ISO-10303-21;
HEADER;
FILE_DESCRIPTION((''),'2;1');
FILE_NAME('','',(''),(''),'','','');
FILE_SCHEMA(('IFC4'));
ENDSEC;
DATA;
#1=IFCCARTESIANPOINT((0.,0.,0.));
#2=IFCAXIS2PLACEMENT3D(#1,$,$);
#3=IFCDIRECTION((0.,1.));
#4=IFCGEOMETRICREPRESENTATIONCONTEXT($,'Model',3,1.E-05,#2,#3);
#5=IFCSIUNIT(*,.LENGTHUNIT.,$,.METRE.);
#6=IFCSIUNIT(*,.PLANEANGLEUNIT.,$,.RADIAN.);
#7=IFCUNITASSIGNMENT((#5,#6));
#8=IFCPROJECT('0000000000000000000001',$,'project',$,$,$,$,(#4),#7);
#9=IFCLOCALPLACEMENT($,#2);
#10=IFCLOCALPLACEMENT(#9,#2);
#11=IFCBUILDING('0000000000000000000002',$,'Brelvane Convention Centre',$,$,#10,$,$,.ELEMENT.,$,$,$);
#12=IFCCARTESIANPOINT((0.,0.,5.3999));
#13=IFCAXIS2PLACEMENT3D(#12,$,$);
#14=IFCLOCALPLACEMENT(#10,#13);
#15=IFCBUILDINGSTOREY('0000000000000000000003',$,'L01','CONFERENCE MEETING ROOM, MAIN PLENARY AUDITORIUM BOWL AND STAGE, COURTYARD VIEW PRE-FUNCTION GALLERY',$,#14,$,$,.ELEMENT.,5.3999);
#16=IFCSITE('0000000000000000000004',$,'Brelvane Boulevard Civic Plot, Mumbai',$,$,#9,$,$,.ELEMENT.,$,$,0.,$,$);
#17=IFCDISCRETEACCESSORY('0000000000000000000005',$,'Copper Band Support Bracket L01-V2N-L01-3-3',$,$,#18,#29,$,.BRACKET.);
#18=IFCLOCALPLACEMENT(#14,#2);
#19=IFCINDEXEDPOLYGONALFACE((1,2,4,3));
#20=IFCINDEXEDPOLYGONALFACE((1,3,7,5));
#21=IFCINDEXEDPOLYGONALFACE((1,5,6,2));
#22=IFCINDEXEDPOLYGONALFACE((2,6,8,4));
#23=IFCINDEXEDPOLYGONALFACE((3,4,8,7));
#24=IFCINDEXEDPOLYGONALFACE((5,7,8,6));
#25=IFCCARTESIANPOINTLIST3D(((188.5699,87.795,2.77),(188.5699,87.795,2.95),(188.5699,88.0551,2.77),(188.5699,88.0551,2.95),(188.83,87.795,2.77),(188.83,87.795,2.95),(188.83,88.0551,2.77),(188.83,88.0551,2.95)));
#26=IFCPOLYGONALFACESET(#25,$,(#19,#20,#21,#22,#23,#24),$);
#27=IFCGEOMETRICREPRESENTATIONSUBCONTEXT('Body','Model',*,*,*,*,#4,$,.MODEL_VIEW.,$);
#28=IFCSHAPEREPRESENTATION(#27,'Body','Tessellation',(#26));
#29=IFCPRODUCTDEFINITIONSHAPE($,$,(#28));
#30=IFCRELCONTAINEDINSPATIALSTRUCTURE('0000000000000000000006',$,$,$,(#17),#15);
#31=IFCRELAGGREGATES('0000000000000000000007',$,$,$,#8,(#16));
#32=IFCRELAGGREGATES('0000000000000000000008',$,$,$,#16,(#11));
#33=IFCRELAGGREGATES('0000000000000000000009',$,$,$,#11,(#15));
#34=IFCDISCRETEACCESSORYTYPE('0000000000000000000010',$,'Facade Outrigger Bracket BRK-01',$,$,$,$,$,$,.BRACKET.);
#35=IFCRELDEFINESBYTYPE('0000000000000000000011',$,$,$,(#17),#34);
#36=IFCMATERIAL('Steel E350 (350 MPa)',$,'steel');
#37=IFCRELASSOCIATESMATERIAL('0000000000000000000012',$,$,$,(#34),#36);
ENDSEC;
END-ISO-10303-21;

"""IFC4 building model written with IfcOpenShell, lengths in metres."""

from ifc_helpers import new_model, si_unit, direction, frame, origin, origin_2d, place, context, subcontext, project, spatial, rectangle, extrude, material, type_object, element, save


model = new_model("IFC4")

# Units and contexts
model_context = context("Model", 3, precision=1e-05, world=origin(), true_north=direction((0.0, 1.0)))
body_context = subcontext(model_context, "Body", "Model", "MODEL_VIEW")
ifc_project = project(units=[si_unit("LENGTHUNIT", "METRE"), si_unit("PLANEANGLEUNIT", "RADIAN")], contexts=[model_context])

# Site, building, storey
site_placement = place(None, origin())
site = spatial("IfcSite", under=ifc_project, at=site_placement, Name="Brelvane Boulevard Civic Plot, Mumbai", CompositionType="ELEMENT", RefElevation=0.0)
building_placement = place(site_placement, origin())
building = spatial("IfcBuilding", under=site, at=building_placement, Name="Brelvane Convention Centre", CompositionType="ELEMENT")
storey_placement = place(building_placement, frame((0.0, 0.0, 5.3999)))
storey = spatial("IfcBuildingStorey", under=building, at=storey_placement, Name="L01", Description="CONFERENCE MEETING ROOM, MAIN PLENARY AUDITORIUM BOWL AND STAGE, COURTYARD VIEW PRE-FUNCTION GALLERY", CompositionType="ELEMENT", Elevation=5.3999)

# Discrete accessory
ifc_material_1 = material(Name="Steel E350 (350 MPa)", Category="steel")
discrete_accessory_type = type_object("IfcDiscreteAccessoryType", Name="Facade Outrigger Bracket BRK-01", PredefinedType="BRACKET", material=ifc_material_1)
for number, where, z_axis, x_axis, name in (
    (1, (188.7, 87.925, 2.77), (0.0, 0.0, 1.0), (1.0, 0.0, 0.0), "Copper Band Support Bracket L01-V2N-L01-3-3"),
):
    element("IfcDiscreteAccessory", number, at=place(storey_placement, frame(where, z_axis=z_axis, x_axis=x_axis)), inside=storey, type_object=discrete_accessory_type, Name=name, PredefinedType="BRACKET", context=body_context, shape_type="SweptSolid", body=[
        extrude(rectangle(XDim=0.26, YDim=0.26, at=origin_2d()), origin(), (0.0, 0.0, 1.0), 0.1799),
    ])

save(model, "model.ifc")
